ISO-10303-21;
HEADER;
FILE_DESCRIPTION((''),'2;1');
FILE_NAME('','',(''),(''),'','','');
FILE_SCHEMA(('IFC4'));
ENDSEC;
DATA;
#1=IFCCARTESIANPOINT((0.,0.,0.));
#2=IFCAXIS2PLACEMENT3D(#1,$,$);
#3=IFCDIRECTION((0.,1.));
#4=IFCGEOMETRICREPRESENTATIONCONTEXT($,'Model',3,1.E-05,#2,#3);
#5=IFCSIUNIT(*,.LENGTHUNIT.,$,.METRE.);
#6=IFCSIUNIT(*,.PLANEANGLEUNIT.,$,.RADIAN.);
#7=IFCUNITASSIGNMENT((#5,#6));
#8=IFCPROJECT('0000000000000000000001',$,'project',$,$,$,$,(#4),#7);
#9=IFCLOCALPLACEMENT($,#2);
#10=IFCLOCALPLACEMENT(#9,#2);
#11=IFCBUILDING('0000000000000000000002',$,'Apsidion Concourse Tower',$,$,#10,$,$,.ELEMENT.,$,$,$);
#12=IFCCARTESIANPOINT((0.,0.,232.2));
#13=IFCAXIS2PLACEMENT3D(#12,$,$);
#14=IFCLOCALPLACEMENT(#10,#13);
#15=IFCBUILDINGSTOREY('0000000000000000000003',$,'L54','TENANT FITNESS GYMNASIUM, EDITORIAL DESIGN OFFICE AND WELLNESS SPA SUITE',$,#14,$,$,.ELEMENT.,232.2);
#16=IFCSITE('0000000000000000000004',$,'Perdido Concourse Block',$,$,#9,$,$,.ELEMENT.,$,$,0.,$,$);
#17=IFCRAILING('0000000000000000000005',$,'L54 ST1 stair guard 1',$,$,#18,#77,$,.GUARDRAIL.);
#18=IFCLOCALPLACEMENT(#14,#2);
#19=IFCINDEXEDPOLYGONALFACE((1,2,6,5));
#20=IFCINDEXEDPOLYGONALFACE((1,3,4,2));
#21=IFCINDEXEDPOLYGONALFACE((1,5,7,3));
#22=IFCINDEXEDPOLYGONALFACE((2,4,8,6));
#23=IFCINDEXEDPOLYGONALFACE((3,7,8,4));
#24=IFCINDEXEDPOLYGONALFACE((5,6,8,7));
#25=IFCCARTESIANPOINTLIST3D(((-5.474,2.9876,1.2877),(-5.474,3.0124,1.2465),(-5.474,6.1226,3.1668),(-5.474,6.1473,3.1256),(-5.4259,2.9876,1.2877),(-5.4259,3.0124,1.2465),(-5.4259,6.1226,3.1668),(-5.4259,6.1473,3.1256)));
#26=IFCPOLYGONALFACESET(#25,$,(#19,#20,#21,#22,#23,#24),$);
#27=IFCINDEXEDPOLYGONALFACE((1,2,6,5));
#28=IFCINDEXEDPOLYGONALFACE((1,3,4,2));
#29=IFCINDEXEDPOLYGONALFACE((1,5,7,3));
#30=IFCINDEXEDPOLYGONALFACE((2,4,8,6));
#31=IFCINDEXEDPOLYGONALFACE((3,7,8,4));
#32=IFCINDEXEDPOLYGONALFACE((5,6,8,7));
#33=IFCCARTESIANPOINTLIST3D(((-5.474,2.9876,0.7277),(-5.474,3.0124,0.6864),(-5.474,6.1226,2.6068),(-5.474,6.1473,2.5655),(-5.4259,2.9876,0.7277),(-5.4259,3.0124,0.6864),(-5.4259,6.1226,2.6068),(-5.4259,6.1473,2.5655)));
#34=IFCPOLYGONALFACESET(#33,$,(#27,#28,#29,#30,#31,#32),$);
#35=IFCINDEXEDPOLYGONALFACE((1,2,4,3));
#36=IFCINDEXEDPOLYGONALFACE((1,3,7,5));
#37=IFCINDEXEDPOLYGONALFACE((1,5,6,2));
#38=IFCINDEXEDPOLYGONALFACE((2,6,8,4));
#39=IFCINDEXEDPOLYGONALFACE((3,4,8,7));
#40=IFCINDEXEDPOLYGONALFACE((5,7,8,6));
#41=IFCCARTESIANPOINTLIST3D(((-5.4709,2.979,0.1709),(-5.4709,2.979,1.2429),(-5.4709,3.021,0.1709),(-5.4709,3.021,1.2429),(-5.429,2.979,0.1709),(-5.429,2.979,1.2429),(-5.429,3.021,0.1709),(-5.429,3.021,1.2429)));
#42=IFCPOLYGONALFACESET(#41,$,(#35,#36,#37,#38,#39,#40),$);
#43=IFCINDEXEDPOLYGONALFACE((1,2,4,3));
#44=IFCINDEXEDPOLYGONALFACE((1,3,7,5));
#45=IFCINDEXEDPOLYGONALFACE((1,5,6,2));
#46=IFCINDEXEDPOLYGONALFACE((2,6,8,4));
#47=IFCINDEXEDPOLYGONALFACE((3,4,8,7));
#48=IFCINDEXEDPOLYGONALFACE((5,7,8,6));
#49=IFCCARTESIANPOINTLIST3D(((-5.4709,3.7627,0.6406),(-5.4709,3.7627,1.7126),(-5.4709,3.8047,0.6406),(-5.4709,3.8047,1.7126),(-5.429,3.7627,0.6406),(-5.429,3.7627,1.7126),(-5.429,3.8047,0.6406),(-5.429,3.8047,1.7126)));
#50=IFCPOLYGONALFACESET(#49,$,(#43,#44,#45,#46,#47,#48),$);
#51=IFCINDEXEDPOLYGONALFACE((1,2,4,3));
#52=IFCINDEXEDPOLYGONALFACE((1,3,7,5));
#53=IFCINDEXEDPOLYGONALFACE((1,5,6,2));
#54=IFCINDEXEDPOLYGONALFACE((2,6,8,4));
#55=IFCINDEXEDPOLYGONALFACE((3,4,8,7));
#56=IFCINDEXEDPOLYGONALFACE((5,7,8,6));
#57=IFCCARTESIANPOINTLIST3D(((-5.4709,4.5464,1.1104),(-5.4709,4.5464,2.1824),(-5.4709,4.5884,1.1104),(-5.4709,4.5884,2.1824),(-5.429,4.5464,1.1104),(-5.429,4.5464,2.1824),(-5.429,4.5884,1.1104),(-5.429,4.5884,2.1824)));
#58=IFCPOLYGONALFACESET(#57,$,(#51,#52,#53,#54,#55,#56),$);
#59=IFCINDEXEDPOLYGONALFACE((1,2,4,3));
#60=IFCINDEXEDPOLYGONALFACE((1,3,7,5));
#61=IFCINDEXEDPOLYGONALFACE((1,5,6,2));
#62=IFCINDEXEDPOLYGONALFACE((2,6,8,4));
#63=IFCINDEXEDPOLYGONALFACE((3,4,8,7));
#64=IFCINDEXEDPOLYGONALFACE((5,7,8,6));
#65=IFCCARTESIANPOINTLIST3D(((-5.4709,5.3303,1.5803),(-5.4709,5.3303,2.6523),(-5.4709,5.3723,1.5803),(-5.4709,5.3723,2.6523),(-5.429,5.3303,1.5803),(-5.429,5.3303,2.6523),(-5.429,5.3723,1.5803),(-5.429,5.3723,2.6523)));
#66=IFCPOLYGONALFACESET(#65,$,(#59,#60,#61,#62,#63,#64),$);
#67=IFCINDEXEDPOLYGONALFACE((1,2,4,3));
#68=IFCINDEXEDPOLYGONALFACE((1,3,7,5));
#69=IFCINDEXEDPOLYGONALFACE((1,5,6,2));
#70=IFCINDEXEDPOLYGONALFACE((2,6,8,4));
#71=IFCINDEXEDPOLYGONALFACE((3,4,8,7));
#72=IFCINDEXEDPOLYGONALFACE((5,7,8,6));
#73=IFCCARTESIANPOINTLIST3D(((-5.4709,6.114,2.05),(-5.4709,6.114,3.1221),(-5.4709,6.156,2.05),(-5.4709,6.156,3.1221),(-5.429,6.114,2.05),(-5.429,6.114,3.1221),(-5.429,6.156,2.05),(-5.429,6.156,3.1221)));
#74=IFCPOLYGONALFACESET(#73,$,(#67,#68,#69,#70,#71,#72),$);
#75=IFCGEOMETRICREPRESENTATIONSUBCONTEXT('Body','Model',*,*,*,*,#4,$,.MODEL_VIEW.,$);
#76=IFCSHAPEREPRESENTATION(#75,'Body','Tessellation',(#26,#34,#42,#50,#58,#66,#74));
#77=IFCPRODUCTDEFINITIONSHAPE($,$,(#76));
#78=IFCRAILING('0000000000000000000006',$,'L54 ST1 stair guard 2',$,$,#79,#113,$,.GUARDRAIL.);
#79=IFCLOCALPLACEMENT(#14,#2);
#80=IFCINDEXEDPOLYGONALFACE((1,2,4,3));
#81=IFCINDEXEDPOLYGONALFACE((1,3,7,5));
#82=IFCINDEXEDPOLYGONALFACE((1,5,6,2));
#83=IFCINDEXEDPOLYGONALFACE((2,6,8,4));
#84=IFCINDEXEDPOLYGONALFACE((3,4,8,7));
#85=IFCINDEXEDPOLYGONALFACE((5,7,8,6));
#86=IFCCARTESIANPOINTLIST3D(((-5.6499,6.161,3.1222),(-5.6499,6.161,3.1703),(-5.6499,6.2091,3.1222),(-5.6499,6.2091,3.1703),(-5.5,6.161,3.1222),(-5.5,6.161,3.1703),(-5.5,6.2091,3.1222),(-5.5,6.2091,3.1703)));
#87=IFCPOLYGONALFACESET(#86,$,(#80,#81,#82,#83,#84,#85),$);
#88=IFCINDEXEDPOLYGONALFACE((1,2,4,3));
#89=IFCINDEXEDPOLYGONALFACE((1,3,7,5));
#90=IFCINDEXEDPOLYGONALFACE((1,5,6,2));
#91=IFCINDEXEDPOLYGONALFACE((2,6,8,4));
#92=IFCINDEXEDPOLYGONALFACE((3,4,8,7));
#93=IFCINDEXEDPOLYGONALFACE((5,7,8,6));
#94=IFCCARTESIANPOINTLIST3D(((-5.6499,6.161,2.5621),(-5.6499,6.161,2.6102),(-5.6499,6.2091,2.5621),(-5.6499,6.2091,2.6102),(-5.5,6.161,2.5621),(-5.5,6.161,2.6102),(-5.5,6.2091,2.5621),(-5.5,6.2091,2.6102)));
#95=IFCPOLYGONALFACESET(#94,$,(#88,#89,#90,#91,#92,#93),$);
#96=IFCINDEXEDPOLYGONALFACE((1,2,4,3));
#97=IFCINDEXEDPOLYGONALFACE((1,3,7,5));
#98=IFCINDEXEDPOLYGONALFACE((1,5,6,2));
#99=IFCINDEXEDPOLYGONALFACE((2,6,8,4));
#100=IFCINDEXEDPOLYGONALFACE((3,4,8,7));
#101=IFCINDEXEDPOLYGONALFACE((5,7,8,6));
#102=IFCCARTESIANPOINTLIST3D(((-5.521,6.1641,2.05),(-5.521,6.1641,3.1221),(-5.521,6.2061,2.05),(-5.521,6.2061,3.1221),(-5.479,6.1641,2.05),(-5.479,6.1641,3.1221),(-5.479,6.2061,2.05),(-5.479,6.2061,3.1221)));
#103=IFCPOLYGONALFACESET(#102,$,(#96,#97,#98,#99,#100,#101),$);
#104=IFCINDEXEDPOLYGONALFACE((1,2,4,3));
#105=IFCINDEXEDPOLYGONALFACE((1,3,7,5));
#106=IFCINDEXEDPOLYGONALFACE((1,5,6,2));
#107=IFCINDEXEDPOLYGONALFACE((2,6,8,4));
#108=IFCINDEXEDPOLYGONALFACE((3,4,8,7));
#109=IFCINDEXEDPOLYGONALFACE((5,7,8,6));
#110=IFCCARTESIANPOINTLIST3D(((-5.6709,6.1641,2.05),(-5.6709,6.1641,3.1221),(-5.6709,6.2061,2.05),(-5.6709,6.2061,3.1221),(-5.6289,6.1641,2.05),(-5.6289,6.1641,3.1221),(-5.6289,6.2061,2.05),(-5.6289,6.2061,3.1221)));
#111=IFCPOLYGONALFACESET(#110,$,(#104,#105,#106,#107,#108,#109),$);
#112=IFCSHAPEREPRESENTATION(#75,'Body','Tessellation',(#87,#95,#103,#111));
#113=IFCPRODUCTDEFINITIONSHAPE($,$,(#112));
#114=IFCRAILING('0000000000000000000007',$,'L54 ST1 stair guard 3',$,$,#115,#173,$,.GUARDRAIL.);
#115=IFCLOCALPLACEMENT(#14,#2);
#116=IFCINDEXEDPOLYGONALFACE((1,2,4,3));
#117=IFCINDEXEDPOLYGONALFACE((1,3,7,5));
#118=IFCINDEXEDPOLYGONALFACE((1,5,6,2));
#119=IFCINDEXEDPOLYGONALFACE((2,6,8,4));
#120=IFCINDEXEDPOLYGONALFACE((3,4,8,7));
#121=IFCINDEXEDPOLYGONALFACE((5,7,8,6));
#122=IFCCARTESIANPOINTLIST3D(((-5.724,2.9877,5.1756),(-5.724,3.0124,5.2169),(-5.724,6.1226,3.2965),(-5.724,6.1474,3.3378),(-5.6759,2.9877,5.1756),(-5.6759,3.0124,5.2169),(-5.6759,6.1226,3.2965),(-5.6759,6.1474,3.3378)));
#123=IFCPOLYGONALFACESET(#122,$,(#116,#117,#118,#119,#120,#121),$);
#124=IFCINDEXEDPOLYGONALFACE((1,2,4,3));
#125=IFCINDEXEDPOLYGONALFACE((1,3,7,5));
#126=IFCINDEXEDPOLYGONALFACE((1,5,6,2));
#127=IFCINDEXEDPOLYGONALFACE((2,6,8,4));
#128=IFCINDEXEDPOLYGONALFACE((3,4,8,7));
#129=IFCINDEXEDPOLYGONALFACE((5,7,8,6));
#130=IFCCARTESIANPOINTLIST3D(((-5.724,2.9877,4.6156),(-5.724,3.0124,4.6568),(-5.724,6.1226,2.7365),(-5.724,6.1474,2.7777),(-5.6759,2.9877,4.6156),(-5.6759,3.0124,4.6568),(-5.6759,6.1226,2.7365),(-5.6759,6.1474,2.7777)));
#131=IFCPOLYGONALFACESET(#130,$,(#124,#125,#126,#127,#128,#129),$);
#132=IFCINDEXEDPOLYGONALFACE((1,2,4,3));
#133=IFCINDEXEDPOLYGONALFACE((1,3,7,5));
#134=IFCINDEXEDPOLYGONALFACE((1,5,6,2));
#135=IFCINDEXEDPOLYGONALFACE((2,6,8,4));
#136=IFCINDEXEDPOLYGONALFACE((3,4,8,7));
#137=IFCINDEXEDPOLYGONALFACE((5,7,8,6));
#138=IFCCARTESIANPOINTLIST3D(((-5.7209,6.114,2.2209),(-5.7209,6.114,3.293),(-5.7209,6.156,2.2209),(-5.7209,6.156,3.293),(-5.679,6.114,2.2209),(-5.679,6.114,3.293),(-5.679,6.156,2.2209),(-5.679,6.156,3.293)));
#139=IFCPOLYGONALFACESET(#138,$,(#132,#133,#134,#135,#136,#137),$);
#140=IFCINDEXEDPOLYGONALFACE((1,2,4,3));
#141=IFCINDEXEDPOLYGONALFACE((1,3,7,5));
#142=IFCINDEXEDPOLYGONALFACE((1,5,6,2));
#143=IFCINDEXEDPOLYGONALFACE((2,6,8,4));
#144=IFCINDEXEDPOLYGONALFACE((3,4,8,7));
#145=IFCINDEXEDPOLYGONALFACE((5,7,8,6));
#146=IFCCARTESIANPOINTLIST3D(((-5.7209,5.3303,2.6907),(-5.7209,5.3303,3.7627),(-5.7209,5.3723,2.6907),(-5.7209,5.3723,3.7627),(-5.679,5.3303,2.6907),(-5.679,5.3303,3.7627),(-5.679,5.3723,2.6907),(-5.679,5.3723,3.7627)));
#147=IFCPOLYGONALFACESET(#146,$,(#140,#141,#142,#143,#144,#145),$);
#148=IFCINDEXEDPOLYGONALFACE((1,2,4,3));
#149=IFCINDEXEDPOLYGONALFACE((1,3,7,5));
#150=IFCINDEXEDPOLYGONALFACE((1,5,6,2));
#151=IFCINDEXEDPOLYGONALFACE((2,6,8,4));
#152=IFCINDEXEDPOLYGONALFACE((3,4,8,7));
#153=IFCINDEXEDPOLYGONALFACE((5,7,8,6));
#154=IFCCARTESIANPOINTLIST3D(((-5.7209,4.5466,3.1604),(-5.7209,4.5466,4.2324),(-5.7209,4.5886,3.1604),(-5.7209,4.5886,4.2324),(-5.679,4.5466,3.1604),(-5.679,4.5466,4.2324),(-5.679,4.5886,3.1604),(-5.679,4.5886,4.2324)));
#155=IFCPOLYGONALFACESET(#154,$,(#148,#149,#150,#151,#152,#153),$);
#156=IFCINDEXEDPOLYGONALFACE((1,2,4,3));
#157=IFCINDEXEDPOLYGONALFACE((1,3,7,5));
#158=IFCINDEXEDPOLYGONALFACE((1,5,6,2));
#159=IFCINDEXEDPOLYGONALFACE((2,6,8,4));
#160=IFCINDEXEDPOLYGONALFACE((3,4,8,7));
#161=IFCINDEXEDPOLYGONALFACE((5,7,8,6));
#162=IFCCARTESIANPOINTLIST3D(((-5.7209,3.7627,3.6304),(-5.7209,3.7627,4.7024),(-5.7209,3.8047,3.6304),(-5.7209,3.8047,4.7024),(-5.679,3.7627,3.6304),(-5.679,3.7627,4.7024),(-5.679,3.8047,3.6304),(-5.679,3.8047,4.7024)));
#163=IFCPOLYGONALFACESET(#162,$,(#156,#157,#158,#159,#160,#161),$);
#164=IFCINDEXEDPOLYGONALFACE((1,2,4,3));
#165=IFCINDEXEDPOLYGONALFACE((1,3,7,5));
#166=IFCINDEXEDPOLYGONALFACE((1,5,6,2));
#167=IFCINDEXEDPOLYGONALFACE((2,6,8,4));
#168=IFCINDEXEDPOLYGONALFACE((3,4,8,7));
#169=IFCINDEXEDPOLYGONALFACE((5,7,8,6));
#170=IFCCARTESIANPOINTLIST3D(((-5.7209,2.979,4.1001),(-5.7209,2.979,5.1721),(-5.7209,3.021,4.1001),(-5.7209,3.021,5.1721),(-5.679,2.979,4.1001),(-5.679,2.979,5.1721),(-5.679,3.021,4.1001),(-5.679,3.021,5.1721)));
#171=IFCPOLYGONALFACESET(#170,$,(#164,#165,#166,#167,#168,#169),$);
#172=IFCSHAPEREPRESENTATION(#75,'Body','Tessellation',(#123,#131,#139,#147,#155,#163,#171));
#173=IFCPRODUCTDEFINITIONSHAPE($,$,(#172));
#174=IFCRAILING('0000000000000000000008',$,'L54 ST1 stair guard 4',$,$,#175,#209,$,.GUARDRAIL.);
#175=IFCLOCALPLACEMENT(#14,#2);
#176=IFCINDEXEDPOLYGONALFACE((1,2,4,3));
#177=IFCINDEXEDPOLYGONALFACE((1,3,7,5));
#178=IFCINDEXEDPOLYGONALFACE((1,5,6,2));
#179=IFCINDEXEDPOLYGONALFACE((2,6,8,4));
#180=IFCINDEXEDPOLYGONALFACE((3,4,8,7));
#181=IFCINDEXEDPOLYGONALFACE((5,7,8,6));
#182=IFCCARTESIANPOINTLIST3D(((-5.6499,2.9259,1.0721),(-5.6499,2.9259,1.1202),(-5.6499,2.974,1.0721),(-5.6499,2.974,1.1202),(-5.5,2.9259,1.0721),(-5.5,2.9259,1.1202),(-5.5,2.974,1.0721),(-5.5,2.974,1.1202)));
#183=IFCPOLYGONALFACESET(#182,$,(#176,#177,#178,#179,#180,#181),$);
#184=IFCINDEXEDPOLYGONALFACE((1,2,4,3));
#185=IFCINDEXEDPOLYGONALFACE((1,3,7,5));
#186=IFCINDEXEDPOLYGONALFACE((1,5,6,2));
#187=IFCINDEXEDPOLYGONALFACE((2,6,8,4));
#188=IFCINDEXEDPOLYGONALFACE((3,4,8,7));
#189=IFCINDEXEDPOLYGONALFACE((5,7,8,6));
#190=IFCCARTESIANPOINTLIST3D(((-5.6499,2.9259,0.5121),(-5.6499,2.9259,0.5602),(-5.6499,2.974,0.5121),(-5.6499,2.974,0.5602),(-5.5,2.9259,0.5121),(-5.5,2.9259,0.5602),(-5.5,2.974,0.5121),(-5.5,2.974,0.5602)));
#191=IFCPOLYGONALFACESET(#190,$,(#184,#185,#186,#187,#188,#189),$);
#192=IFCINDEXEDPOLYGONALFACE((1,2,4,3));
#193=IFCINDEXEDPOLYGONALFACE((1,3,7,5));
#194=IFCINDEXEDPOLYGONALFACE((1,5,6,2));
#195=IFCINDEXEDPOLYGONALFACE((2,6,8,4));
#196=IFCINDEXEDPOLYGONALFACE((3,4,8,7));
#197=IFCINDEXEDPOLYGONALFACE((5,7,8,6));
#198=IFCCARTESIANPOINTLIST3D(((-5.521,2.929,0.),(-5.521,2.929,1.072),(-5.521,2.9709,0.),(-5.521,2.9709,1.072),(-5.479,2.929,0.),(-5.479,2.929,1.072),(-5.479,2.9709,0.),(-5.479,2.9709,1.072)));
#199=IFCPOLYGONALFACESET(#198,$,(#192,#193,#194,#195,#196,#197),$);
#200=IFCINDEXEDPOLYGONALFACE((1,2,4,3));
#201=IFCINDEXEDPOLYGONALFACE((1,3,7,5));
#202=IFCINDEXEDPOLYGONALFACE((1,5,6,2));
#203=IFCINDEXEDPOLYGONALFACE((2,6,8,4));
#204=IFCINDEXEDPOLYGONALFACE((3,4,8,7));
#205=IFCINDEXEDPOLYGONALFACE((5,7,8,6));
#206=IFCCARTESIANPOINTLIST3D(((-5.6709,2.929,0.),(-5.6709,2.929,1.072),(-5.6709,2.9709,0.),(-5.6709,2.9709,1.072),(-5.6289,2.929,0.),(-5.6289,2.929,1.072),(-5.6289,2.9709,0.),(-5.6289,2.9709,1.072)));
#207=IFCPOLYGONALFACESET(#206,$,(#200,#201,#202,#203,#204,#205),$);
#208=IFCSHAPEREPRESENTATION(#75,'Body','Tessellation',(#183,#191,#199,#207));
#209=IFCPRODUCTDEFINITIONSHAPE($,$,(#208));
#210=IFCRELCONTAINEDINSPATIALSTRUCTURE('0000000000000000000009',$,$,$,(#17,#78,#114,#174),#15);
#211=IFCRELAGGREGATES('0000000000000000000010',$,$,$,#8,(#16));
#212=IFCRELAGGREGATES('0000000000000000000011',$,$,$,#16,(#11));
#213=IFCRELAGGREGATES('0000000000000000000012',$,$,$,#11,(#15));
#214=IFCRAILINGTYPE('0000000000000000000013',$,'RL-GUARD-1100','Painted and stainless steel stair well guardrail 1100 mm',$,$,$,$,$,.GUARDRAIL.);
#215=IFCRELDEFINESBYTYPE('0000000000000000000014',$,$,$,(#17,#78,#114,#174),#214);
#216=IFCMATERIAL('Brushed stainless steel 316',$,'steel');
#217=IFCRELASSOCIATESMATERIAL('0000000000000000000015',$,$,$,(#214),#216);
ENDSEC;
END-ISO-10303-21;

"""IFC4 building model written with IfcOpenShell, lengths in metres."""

from ifc_helpers import new_model, si_unit, direction, frame, origin, origin_2d, place, context, subcontext, project, spatial, rectangle, extrude, material, type_object, element, save


model = new_model("IFC4")

# Units and contexts
model_context = context("Model", 3, precision=1e-05, world=origin(), true_north=direction((0.0, 1.0)))
body_context = subcontext(model_context, "Body", "Model", "MODEL_VIEW")
ifc_project = project(units=[si_unit("LENGTHUNIT", "METRE"), si_unit("PLANEANGLEUNIT", "RADIAN")], contexts=[model_context])

# Site, building, storey
site_placement = place(None, origin())
site = spatial("IfcSite", under=ifc_project, at=site_placement, Name="Perdido Concourse Block", CompositionType="ELEMENT", RefElevation=0.0)
building_placement = place(site_placement, origin())
building = spatial("IfcBuilding", under=site, at=building_placement, Name="Apsidion Concourse Tower", CompositionType="ELEMENT")
storey_placement = place(building_placement, frame((0.0, 0.0, 232.2)))
storey = spatial("IfcBuildingStorey", under=building, at=storey_placement, Name="L54", Description="TENANT FITNESS GYMNASIUM, EDITORIAL DESIGN OFFICE AND WELLNESS SPA SUITE", CompositionType="ELEMENT", Elevation=232.2)

# Railings
ifc_material_1 = material(Name="Brushed stainless steel 316", Category="steel")
railing_type_1 = type_object("IfcRailingType", Name="RL-GUARD-1100", Description="Painted and stainless steel stair well guardrail 1100 mm", PredefinedType="GUARDRAIL", material=ifc_material_1)
railing_1_placement = place(storey_placement, frame((-5.45, 3.0, 0.1709)))
element("IfcRailing", 1, at=railing_1_placement, inside=storey, type_object=railing_type_1, Name="L54 ST1 stair guard 1", PredefinedType="GUARDRAIL", context=body_context, shape_type="SweptSolid", body=[
    extrude(rectangle(XDim=0.0481, YDim=0.0481, at=origin_2d()), frame((0.0, 0.0, 1.0962), z_axis=(0.0, 0.857717, 0.514122), x_axis=(-1.0, 0.0, 0.0)), (0.0, 0.0, 1.0), 3.655),
    extrude(rectangle(XDim=0.0481, YDim=0.0481, at=origin_2d()), frame((0.0, 0.0, 0.5361), z_axis=(0.0, 0.857717, 0.514122), x_axis=(-1.0, 0.0, 0.0)), (0.0, 0.0, 1.0), 3.655),
    extrude(rectangle(XDim=0.042, YDim=0.042, at=origin_2d()), origin(), (0.0, 0.0, 1.0), 1.072),
    extrude(rectangle(XDim=0.042, YDim=0.042, at=origin_2d()), frame((0.0, 0.7837, 0.4697)), (0.0, 0.0, 1.0), 1.072),
    extrude(rectangle(XDim=0.042, YDim=0.042, at=origin_2d()), frame((0.0, 1.5674, 0.9395)), (0.0, 0.0, 1.0), 1.072),
    extrude(rectangle(XDim=0.042, YDim=0.042, at=origin_2d()), frame((0.0, 2.3513, 1.4094)), (0.0, 0.0, 1.0), 1.072),
    extrude(rectangle(XDim=0.042, YDim=0.042, at=origin_2d()), frame((0.0, 3.135, 1.8792)), (0.0, 0.0, 1.0), 1.072),
])
railing_2_placement = place(storey_placement, frame((-5.5, 6.1851, 2.05)))
element("IfcRailing", 2, at=railing_2_placement, inside=storey, type_object=railing_type_1, Name="L54 ST1 stair guard 2", PredefinedType="GUARDRAIL", context=body_context, shape_type="SweptSolid", body=[
    extrude(rectangle(XDim=0.0481, YDim=0.0481, at=origin_2d()), frame((0.0, 0.0, 1.0962), z_axis=(-1.0, 0.0, 0.0), x_axis=(0.0, -1.0, 0.0)), (0.0, 0.0, 1.0), 0.1499),
    extrude(rectangle(XDim=0.0481, YDim=0.0481, at=origin_2d()), frame((0.0, 0.0, 0.5361), z_axis=(-1.0, 0.0, 0.0), x_axis=(0.0, -1.0, 0.0)), (0.0, 0.0, 1.0), 0.1499),
    extrude(rectangle(XDim=0.042, YDim=0.042, at=origin_2d()), origin(), (0.0, 0.0, 1.0), 1.072),
    extrude(rectangle(XDim=0.042, YDim=0.042, at=origin_2d()), frame((-0.1499, 0.0, 0.0)), (0.0, 0.0, 1.0), 1.072),
])
railing_3_placement = place(storey_placement, frame((-5.7, 6.135, 2.2209)))
element("IfcRailing", 3, at=railing_3_placement, inside=storey, type_object=railing_type_1, Name="L54 ST1 stair guard 3", PredefinedType="GUARDRAIL", context=body_context, shape_type="SweptSolid", body=[
    extrude(rectangle(XDim=0.0481, YDim=0.0481, at=origin_2d()), frame((0.0, 0.0, 1.0962), z_axis=(0.0, -0.857717, 0.514122), x_axis=(1.0, 0.0, 0.0)), (0.0, 0.0, 1.0), 3.655),
    extrude(rectangle(XDim=0.0481, YDim=0.0481, at=origin_2d()), frame((0.0, 0.0, 0.5361), z_axis=(0.0, -0.857717, 0.514122), x_axis=(1.0, 0.0, 0.0)), (0.0, 0.0, 1.0), 3.655),
    extrude(rectangle(XDim=0.042, YDim=0.042, at=origin_2d()), origin(), (0.0, 0.0, 1.0), 1.072),
    extrude(rectangle(XDim=0.042, YDim=0.042, at=origin_2d()), frame((0.0, -0.7837, 0.4697)), (0.0, 0.0, 1.0), 1.072),
    extrude(rectangle(XDim=0.042, YDim=0.042, at=origin_2d()), frame((0.0, -1.5674, 0.9395)), (0.0, 0.0, 1.0), 1.072),
    extrude(rectangle(XDim=0.042, YDim=0.042, at=origin_2d()), frame((0.0, -2.3513, 1.4094)), (0.0, 0.0, 1.0), 1.072),
    extrude(rectangle(XDim=0.042, YDim=0.042, at=origin_2d()), frame((0.0, -3.135, 1.8792)), (0.0, 0.0, 1.0), 1.072),
])
railing_4_placement = place(storey_placement, frame((-5.5, 2.95, 0.0)))
element("IfcRailing", 4, at=railing_4_placement, inside=storey, type_object=railing_type_1, Name="L54 ST1 stair guard 4", PredefinedType="GUARDRAIL", context=body_context, shape_type="SweptSolid", body=[
    extrude(rectangle(XDim=0.0481, YDim=0.0481, at=origin_2d()), frame((0.0, 0.0, 1.0962), z_axis=(-1.0, 0.0, 0.0), x_axis=(0.0, -1.0, 0.0)), (0.0, 0.0, 1.0), 0.1499),
    extrude(rectangle(XDim=0.0481, YDim=0.0481, at=origin_2d()), frame((0.0, 0.0, 0.5361), z_axis=(-1.0, 0.0, 0.0), x_axis=(0.0, -1.0, 0.0)), (0.0, 0.0, 1.0), 0.1499),
    extrude(rectangle(XDim=0.042, YDim=0.042, at=origin_2d()), origin(), (0.0, 0.0, 1.0), 1.072),
    extrude(rectangle(XDim=0.042, YDim=0.042, at=origin_2d()), frame((-0.1499, 0.0, 0.0)), (0.0, 0.0, 1.0), 1.072),
])

save(model, "model.ifc")
